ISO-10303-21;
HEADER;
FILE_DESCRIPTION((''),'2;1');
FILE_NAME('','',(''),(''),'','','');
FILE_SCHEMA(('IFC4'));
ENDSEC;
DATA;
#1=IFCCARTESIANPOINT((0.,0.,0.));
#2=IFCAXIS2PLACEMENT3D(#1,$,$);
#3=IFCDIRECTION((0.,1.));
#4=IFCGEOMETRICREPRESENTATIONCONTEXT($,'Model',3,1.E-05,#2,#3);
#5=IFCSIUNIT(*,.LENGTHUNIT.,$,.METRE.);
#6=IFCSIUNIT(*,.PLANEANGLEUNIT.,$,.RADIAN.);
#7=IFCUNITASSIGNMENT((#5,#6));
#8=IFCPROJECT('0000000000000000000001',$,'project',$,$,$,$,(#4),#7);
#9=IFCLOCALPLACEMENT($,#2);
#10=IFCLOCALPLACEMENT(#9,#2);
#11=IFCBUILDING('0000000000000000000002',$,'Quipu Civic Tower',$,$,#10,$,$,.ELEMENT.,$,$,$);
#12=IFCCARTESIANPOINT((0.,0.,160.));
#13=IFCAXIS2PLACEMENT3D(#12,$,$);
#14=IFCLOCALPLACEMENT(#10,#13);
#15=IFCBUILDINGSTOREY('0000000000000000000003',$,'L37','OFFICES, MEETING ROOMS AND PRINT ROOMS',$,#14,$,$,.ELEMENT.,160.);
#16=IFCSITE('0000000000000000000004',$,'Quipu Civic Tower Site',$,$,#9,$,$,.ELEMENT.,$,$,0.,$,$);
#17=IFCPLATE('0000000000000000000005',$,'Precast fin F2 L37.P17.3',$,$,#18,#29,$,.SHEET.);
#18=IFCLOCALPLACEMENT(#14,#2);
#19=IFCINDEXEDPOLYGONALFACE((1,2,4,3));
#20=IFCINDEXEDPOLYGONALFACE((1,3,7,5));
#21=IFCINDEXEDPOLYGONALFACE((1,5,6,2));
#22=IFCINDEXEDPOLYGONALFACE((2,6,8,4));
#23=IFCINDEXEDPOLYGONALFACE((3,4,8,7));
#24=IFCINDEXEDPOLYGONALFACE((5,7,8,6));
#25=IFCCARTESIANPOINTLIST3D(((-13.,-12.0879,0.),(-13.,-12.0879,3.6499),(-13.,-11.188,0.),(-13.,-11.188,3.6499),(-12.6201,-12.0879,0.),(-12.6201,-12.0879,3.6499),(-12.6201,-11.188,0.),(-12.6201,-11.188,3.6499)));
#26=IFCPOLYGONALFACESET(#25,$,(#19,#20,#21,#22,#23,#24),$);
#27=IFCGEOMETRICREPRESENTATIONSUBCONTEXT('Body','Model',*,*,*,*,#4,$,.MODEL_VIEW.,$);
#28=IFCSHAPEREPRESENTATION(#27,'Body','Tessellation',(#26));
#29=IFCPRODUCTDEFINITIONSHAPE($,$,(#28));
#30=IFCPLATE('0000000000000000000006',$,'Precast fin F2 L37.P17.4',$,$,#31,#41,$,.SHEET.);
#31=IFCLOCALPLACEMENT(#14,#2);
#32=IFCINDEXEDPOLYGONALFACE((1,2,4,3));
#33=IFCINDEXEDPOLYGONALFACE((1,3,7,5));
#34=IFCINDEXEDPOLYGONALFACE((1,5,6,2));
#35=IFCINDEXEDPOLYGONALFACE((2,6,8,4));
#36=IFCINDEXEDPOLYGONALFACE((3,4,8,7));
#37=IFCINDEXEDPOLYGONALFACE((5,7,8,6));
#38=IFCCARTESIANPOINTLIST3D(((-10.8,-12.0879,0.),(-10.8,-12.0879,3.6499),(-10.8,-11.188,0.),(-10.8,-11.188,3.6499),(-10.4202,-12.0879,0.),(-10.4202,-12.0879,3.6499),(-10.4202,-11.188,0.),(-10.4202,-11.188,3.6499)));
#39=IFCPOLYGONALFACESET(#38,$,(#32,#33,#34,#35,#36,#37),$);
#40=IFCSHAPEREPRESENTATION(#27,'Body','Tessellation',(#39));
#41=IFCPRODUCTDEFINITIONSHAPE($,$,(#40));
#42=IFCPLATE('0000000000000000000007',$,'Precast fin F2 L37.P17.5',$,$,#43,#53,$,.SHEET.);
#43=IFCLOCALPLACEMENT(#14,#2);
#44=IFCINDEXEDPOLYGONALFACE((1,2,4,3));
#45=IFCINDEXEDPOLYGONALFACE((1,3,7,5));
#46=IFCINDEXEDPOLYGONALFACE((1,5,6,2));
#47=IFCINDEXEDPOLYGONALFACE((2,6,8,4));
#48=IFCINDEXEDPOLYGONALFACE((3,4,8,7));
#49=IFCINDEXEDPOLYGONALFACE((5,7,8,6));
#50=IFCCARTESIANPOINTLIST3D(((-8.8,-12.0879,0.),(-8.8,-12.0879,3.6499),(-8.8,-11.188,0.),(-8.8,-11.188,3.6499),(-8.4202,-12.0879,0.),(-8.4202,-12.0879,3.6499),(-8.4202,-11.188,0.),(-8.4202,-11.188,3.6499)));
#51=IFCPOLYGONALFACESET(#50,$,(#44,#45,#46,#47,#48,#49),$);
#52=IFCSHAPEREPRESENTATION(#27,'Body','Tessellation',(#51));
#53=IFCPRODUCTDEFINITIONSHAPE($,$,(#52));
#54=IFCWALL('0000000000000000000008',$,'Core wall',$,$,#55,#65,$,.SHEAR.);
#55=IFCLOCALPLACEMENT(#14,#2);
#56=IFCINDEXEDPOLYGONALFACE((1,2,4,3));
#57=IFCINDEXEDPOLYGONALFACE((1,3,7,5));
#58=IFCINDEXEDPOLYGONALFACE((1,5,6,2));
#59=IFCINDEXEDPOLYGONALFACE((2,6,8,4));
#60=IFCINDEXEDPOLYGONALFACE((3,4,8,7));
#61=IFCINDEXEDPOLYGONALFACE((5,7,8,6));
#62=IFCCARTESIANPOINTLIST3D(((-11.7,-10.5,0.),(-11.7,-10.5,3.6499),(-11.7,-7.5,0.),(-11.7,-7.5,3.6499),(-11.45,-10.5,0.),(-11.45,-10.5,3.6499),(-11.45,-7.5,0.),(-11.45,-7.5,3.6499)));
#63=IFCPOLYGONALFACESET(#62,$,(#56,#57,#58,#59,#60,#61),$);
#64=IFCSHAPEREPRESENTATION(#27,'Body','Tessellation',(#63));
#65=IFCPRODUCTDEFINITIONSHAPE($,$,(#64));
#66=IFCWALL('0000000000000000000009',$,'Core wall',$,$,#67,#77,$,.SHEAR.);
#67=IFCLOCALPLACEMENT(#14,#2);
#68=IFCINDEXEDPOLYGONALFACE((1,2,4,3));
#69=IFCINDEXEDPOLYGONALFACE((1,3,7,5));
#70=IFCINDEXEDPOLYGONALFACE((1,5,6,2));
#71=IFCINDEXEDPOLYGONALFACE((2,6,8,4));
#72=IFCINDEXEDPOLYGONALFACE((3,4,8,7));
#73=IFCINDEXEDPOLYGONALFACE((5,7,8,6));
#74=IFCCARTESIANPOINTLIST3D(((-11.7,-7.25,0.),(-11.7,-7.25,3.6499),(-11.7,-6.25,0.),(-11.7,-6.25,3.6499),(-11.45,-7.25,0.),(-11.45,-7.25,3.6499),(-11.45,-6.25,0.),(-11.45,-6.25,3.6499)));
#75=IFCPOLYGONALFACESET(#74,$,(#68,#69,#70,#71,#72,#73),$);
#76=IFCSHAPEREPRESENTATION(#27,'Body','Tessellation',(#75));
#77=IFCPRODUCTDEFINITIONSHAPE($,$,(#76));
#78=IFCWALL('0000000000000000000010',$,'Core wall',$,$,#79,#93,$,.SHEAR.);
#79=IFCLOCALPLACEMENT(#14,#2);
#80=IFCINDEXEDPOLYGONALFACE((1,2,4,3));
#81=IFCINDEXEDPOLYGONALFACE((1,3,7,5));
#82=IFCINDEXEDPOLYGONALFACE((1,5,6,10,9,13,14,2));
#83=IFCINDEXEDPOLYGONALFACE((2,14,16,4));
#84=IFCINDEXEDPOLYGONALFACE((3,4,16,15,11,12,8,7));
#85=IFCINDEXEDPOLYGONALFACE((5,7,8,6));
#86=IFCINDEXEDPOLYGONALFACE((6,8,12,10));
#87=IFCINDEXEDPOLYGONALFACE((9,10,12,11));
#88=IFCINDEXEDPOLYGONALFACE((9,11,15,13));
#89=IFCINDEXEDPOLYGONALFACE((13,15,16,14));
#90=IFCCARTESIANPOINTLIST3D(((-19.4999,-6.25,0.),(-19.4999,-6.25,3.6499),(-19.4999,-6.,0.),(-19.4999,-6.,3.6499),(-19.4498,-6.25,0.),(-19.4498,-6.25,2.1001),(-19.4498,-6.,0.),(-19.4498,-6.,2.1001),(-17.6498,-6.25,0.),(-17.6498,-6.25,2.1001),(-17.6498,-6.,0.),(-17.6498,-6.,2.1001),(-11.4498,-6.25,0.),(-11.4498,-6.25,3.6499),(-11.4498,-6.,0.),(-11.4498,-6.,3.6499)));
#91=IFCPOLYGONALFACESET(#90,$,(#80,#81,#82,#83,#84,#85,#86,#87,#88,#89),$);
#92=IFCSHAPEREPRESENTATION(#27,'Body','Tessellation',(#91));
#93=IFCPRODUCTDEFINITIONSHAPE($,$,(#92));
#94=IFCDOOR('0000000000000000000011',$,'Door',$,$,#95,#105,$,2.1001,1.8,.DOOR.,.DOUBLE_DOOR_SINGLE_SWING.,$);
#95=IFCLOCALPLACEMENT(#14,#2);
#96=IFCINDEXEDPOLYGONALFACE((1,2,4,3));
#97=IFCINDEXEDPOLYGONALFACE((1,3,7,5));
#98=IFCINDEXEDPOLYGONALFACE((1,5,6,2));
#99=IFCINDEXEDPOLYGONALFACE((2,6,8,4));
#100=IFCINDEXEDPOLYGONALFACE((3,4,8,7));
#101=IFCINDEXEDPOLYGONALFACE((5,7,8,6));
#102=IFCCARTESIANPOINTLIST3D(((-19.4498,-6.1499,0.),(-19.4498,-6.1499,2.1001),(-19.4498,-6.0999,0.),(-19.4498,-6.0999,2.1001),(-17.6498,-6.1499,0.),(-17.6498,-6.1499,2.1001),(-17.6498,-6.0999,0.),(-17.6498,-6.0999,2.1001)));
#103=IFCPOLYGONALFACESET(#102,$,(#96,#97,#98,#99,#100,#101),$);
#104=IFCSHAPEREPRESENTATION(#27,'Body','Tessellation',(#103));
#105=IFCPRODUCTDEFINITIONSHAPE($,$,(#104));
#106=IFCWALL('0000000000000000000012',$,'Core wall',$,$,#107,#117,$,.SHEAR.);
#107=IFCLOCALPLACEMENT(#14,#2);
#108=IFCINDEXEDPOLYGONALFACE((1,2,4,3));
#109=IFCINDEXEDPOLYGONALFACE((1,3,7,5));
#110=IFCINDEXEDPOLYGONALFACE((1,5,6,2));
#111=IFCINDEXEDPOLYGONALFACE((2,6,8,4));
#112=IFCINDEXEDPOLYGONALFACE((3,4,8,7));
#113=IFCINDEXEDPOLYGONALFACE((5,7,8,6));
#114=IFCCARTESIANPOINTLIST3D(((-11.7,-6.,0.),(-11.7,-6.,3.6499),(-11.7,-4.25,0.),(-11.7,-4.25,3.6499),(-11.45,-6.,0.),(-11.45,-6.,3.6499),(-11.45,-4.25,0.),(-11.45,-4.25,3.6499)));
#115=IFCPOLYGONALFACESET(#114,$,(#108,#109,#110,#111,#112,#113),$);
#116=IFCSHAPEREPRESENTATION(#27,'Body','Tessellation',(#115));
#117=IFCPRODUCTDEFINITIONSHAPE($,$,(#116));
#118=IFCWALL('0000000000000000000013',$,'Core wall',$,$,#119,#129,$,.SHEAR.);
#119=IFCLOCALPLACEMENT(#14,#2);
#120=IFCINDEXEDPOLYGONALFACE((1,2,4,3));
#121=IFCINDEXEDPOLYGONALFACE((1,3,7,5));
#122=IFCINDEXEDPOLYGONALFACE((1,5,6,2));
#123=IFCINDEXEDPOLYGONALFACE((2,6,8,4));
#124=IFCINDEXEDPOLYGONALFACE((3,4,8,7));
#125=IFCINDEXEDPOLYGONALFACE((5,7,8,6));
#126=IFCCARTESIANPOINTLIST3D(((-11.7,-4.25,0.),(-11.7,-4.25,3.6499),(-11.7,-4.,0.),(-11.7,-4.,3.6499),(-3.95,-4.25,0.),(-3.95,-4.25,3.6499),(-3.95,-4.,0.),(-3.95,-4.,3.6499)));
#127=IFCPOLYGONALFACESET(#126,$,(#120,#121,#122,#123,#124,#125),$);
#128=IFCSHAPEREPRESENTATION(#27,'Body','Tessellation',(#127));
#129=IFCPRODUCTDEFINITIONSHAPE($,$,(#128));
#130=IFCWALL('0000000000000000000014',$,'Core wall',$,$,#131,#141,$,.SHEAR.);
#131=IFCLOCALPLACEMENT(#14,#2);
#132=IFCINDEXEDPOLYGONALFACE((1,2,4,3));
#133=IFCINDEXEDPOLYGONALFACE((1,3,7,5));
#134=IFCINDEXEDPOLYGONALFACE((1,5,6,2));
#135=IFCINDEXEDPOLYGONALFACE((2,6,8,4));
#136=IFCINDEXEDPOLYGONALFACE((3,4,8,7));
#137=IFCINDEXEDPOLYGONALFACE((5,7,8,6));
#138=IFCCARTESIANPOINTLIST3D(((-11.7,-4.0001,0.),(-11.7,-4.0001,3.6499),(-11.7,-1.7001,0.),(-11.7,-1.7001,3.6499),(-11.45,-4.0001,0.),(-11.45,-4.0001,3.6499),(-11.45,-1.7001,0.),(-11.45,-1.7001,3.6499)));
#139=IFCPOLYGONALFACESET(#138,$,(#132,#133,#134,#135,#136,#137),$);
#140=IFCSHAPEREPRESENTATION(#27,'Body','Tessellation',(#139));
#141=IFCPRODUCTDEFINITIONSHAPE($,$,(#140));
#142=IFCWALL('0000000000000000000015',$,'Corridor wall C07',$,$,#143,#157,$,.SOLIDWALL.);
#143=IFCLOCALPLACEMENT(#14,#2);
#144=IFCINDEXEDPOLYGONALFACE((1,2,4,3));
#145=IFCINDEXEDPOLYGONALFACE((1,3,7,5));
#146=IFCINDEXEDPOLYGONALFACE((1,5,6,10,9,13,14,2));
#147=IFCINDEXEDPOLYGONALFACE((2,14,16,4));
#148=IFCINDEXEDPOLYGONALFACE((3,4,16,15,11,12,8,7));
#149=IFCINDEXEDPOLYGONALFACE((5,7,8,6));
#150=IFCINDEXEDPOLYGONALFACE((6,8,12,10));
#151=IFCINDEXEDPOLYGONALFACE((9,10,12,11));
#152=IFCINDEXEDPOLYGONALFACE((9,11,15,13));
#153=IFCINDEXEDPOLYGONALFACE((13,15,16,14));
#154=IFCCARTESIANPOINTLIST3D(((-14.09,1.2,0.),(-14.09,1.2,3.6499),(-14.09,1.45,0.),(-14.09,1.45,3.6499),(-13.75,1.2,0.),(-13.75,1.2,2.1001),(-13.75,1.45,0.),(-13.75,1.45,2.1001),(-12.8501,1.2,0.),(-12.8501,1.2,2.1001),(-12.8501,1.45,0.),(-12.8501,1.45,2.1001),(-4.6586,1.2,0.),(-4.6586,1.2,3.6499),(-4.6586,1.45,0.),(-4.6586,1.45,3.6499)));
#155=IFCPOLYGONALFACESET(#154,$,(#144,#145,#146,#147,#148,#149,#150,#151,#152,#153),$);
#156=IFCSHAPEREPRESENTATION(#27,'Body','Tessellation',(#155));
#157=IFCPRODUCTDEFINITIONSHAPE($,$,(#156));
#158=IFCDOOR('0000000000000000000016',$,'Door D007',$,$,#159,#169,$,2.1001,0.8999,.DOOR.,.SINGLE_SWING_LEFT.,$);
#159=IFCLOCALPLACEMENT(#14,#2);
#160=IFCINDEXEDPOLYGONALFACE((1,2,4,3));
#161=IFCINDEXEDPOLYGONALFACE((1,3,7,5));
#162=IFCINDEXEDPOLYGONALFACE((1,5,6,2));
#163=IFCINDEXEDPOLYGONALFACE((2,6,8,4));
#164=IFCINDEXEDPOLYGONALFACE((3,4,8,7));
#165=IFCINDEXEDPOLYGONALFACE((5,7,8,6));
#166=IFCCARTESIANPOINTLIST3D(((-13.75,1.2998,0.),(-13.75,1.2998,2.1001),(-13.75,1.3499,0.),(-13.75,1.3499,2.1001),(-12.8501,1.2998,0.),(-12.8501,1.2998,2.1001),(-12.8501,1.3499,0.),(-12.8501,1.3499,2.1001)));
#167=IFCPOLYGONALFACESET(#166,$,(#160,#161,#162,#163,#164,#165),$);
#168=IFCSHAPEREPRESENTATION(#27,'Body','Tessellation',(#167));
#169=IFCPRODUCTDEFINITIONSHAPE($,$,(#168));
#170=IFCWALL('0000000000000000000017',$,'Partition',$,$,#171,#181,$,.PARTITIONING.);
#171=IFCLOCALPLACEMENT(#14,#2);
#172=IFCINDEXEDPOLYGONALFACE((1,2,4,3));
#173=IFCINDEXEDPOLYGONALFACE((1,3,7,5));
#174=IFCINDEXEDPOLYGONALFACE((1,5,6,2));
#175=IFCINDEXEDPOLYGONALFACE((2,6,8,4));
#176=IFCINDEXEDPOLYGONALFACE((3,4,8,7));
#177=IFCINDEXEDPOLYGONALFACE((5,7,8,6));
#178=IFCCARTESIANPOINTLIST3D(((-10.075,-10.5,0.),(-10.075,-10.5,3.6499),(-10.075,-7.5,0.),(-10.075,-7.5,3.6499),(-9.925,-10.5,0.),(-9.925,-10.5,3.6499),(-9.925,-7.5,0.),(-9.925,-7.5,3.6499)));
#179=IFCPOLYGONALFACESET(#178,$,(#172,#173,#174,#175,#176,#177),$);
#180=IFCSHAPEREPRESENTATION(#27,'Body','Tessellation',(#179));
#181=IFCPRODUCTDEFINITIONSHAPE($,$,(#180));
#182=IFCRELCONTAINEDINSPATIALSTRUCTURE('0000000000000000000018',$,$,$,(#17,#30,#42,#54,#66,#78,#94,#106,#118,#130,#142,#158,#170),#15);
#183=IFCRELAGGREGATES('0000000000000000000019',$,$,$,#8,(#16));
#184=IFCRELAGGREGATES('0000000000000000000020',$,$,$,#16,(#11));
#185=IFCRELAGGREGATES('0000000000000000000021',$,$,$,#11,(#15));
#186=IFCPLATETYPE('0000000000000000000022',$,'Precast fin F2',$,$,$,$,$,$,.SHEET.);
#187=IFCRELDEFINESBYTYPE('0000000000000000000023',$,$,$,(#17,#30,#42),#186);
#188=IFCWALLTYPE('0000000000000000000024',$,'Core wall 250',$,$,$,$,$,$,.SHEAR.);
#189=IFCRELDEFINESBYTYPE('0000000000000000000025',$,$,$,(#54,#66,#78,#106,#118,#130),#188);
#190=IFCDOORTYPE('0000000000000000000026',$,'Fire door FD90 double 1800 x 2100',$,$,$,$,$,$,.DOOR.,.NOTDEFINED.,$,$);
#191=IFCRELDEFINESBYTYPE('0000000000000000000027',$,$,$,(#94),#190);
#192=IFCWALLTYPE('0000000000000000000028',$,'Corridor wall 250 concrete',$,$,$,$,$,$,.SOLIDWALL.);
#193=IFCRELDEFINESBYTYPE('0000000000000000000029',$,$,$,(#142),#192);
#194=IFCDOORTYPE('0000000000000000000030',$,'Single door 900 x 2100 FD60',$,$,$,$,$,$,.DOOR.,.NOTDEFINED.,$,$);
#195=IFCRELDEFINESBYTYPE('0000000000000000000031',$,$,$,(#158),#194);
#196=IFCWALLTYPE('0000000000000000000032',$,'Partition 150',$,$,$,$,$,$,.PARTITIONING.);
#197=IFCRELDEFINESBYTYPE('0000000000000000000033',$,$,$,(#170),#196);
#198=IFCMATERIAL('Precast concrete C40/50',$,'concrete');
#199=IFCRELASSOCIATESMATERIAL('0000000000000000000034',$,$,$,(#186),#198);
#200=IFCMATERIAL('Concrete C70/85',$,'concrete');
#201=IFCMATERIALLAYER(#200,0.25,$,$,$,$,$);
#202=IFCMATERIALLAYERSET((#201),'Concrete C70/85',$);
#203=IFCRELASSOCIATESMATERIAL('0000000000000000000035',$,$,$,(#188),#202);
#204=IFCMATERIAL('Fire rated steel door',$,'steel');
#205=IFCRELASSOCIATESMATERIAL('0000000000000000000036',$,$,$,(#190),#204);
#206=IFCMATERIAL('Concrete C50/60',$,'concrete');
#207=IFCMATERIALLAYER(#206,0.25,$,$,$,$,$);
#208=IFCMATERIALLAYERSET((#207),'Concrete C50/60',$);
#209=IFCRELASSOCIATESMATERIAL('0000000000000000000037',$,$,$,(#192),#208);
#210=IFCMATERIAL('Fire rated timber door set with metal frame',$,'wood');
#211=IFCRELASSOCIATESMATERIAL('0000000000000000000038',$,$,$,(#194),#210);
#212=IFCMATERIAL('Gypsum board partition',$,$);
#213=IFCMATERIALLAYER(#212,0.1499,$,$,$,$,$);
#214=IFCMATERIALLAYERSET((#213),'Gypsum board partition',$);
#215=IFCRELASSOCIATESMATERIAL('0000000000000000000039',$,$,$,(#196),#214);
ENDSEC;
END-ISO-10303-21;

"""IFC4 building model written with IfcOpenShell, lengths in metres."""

from ifc_helpers import new_model, si_unit, direction, frame, frame_2d, origin, origin_2d, place, context, subcontext, project, spatial, rectangle, extrude, material, layer, layer_set, type_object, element, fill, save


model = new_model("IFC4")

# Units and contexts
model_context = context("Model", 3, precision=1e-05, world=origin(), true_north=direction((0.0, 1.0)))
body_context = subcontext(model_context, "Body", "Model", "MODEL_VIEW")
ifc_project = project(units=[si_unit("LENGTHUNIT", "METRE"), si_unit("PLANEANGLEUNIT", "RADIAN")], contexts=[model_context])

# Site, building, storey
site_placement = place(None, origin())
site = spatial("IfcSite", under=ifc_project, at=site_placement, Name="Quipu Civic Tower Site", CompositionType="ELEMENT", RefElevation=0.0)
building_placement = place(site_placement, origin())
building = spatial("IfcBuilding", under=site, at=building_placement, Name="Quipu Civic Tower", CompositionType="ELEMENT")
storey_placement = place(building_placement, frame((0.0, 0.0, 160.0)))
storey = spatial("IfcBuildingStorey", under=building, at=storey_placement, Name="L37", Description="OFFICES, MEETING ROOMS AND PRINT ROOMS", CompositionType="ELEMENT", Elevation=160.0)

# Plates
ifc_material_1 = material(Name="Precast concrete C40/50", Category="concrete")
plate_type = type_object("IfcPlateType", Name="Precast fin F2", PredefinedType="SHEET", material=ifc_material_1)
for number, where, z_axis, x_axis, name in (
    (1, (-12.8101, -11.6379, 0.0), (0.0, 0.0, 1.0), (1.0, 0.0, 0.0), "Precast fin F2 L37.P17.3"),
    (2, (-10.6101, -11.6379, 0.0), (0.0, 0.0, 1.0), (1.0, 0.0, 0.0), "Precast fin F2 L37.P17.4"),
    (3, (-8.6101, -11.6379, 0.0), (0.0, 0.0, 1.0), (1.0, 0.0, 0.0), "Precast fin F2 L37.P17.5"),
):
    element("IfcPlate", number, at=place(storey_placement, frame(where, z_axis=z_axis, x_axis=x_axis)), inside=storey, type_object=plate_type, Name=name, PredefinedType="SHEET", context=body_context, shape_type="SweptSolid", body=[
        extrude(rectangle(XDim=0.3799, YDim=0.8999, at=origin_2d()), origin(), (0.0, 0.0, 1.0), 3.6499),
    ])

# Walls
ifc_material_2 = material(Name="Concrete C70/85", Category="concrete")
ifc_layer_1 = layer(ifc_material_2, 0.25)
ifc_layer_set_1 = layer_set([ifc_layer_1], Name="Concrete C70/85")
wall_type_1 = type_object("IfcWallType", Name="Core wall 250", PredefinedType="SHEAR", material=ifc_layer_set_1)
wall_1_placement = place(storey_placement, frame((-11.575, -10.5, 0.0), z_axis=(0.0, 0.0, 1.0), x_axis=(0.0, 1.0, 0.0)))
element("IfcWall", 4, at=wall_1_placement, inside=storey, type_object=wall_type_1, Name="Core wall", PredefinedType="SHEAR", context=body_context, shape_type="SweptSolid", body=[
    extrude(rectangle(XDim=3.0, YDim=0.25, at=frame_2d((1.5, 0.0))), origin(), (0.0, 0.0, 1.0), 3.6499),
])
wall_2_placement = place(storey_placement, frame((-11.575, -7.25, 0.0), z_axis=(0.0, 0.0, 1.0), x_axis=(0.0, 1.0, 0.0)))
element("IfcWall", 5, at=wall_2_placement, inside=storey, type_object=wall_type_1, Name="Core wall", PredefinedType="SHEAR", context=body_context, shape_type="SweptSolid", body=[
    extrude(rectangle(XDim=1.0, YDim=0.25, at=frame_2d((0.5, 0.0))), origin(), (0.0, 0.0, 1.0), 3.6499),
])

# Wall, opening, door
wall_3_placement = place(storey_placement, frame((-11.45, -6.125, 0.0), z_axis=(0.0, 0.0, 1.0), x_axis=(-1.0, 0.0, 0.0)))
wall_3 = element("IfcWall", 6, at=wall_3_placement, inside=storey, type_object=wall_type_1, Name="Core wall", PredefinedType="SHEAR", context=body_context, shape_type="SweptSolid", body=[
    extrude(rectangle(XDim=8.05, YDim=0.25, at=frame_2d((4.0249, 0.0))), origin(), (0.0, 0.0, 1.0), 3.6499),
])
opening_1_placement = place(wall_3_placement, frame((6.2, 0.0, 0.0)))
opening_1 = element("IfcOpeningElement", 7, at=opening_1_placement, cuts=wall_3, PredefinedType="OPENING", context=body_context, shape_type="SweptSolid", body=[
    extrude(rectangle(XDim=1.8, YDim=2.1001, at=frame_2d((0.8999, 1.05))), frame((0.0, 0.135, 0.0), z_axis=(0.0, -1.0, 0.0), x_axis=(1.0, 0.0, 0.0)), (0.0, 0.0, 1.0), 0.27),
])
ifc_material_3 = material(Name="Fire rated steel door", Category="steel")
door_type_1 = type_object("IfcDoorType", Name="Fire door FD90 double 1800 x 2100", OperationType="NOTDEFINED", PredefinedType="DOOR", material=ifc_material_3)
door_1_placement = place(opening_1_placement, origin())
door_1 = element("IfcDoor", 8, at=door_1_placement, inside=storey, type_object=door_type_1, Name="Door", OperationType="DOUBLE_DOOR_SINGLE_SWING", OverallHeight=2.1001, OverallWidth=1.8, PredefinedType="DOOR", context=body_context, shape_type="SweptSolid", body=[
    extrude(rectangle(XDim=1.8, YDim=2.1001, at=frame_2d((0.8999, 1.05))), frame((0.0, 0.0249, 0.0), z_axis=(0.0, -1.0, 0.0), x_axis=(1.0, 0.0, 0.0)), (0.0, 0.0, 1.0), 0.05),
])
fill(opening_1, door_1)

# Walls
wall_4_placement = place(storey_placement, frame((-11.575, -6.0, 0.0), z_axis=(0.0, 0.0, 1.0), x_axis=(0.0, 1.0, 0.0)))
element("IfcWall", 9, at=wall_4_placement, inside=storey, type_object=wall_type_1, Name="Core wall", PredefinedType="SHEAR", context=body_context, shape_type="SweptSolid", body=[
    extrude(rectangle(XDim=1.75, YDim=0.25, at=frame_2d((0.875, 0.0))), origin(), (0.0, 0.0, 1.0), 3.6499),
])
wall_5_placement = place(storey_placement, frame((-11.7, -4.125, 0.0), z_axis=(0.0, 0.0, 1.0), x_axis=(1.0, 0.0, 0.0)))
element("IfcWall", 10, at=wall_5_placement, inside=storey, type_object=wall_type_1, Name="Core wall", PredefinedType="SHEAR", context=body_context, shape_type="SweptSolid", body=[
    extrude(rectangle(XDim=7.75, YDim=0.25, at=frame_2d((3.875, 0.0))), origin(), (0.0, 0.0, 1.0), 3.6499),
])
wall_6_placement = place(storey_placement, frame((-11.575, -4.0, 0.0), z_axis=(0.0, 0.0, 1.0), x_axis=(0.0, 1.0, 0.0)))
element("IfcWall", 11, at=wall_6_placement, inside=storey, type_object=wall_type_1, Name="Core wall", PredefinedType="SHEAR", context=body_context, shape_type="SweptSolid", body=[
    extrude(rectangle(XDim=2.3, YDim=0.25, at=frame_2d((1.1499, 0.0))), origin(), (0.0, 0.0, 1.0), 3.6499),
])

# Wall, opening, door
ifc_material_4 = material(Name="Concrete C50/60", Category="concrete")
ifc_layer_2 = layer(ifc_material_4, 0.25)
ifc_layer_set_2 = layer_set([ifc_layer_2], Name="Concrete C50/60")
wall_type_2 = type_object("IfcWallType", Name="Corridor wall 250 concrete", PredefinedType="SOLIDWALL", material=ifc_layer_set_2)
wall_7_placement = place(storey_placement, frame((-14.0901, 1.325, 0.0), z_axis=(0.0, 0.0, 1.0), x_axis=(1.0, 0.0, 0.0)))
wall_7 = element("IfcWall", 12, at=wall_7_placement, inside=storey, type_object=wall_type_2, Name="Corridor wall C07", PredefinedType="SOLIDWALL", context=body_context, shape_type="SweptSolid", body=[
    extrude(rectangle(XDim=9.4314, YDim=0.25, at=frame_2d((4.7158, 0.0))), origin(), (0.0, 0.0, 1.0), 3.6499),
])
opening_2_placement = place(wall_7_placement, frame((0.3401, 0.0, 0.0)))
opening_2 = element("IfcOpeningElement", 13, at=opening_2_placement, cuts=wall_7, PredefinedType="OPENING", context=body_context, shape_type="SweptSolid", body=[
    extrude(rectangle(XDim=0.8999, YDim=2.1001, at=frame_2d((0.45, 1.05))), frame((0.0, 0.135, 0.0), z_axis=(0.0, -1.0, 0.0), x_axis=(1.0, 0.0, 0.0)), (0.0, 0.0, 1.0), 0.27),
])
ifc_material_5 = material(Name="Fire rated timber door set with metal frame", Category="wood")
door_type_2 = type_object("IfcDoorType", Name="Single door 900 x 2100 FD60", OperationType="NOTDEFINED", PredefinedType="DOOR", material=ifc_material_5)
door_2_placement = place(opening_2_placement, origin())
door_2 = element("IfcDoor", 14, at=door_2_placement, inside=storey, type_object=door_type_2, Name="Door D007", OperationType="SINGLE_SWING_LEFT", OverallHeight=2.1001, OverallWidth=0.8999, PredefinedType="DOOR", context=body_context, shape_type="SweptSolid", body=[
    extrude(rectangle(XDim=0.8999, YDim=2.1001, at=frame_2d((0.45, 1.05))), frame((0.0, 0.0249, 0.0), z_axis=(0.0, -1.0, 0.0), x_axis=(1.0, 0.0, 0.0)), (0.0, 0.0, 1.0), 0.05),
])
fill(opening_2, door_2)

# Wall
ifc_material_6 = material(Name="Gypsum board partition")
ifc_layer_3 = layer(ifc_material_6, 0.1499)
ifc_layer_set_3 = layer_set([ifc_layer_3], Name="Gypsum board partition")
wall_type_3 = type_object("IfcWallType", Name="Partition 150", PredefinedType="PARTITIONING", material=ifc_layer_set_3)
for number, where, z_axis, x_axis, name in (
    (15, (-10.0, -10.5, 0.0), (0.0, 0.0, 1.0), (0.0, 1.0, 0.0), "Partition"),
):
    element("IfcWall", number, at=place(storey_placement, frame(where, z_axis=z_axis, x_axis=x_axis)), inside=storey, type_object=wall_type_3, Name=name, PredefinedType="PARTITIONING", context=body_context, shape_type="SweptSolid", body=[
        extrude(rectangle(XDim=3.0, YDim=0.1499, at=frame_2d((1.5, 0.0))), origin(), (0.0, 0.0, 1.0), 3.6499),
    ])

save(model, "model.ifc")
